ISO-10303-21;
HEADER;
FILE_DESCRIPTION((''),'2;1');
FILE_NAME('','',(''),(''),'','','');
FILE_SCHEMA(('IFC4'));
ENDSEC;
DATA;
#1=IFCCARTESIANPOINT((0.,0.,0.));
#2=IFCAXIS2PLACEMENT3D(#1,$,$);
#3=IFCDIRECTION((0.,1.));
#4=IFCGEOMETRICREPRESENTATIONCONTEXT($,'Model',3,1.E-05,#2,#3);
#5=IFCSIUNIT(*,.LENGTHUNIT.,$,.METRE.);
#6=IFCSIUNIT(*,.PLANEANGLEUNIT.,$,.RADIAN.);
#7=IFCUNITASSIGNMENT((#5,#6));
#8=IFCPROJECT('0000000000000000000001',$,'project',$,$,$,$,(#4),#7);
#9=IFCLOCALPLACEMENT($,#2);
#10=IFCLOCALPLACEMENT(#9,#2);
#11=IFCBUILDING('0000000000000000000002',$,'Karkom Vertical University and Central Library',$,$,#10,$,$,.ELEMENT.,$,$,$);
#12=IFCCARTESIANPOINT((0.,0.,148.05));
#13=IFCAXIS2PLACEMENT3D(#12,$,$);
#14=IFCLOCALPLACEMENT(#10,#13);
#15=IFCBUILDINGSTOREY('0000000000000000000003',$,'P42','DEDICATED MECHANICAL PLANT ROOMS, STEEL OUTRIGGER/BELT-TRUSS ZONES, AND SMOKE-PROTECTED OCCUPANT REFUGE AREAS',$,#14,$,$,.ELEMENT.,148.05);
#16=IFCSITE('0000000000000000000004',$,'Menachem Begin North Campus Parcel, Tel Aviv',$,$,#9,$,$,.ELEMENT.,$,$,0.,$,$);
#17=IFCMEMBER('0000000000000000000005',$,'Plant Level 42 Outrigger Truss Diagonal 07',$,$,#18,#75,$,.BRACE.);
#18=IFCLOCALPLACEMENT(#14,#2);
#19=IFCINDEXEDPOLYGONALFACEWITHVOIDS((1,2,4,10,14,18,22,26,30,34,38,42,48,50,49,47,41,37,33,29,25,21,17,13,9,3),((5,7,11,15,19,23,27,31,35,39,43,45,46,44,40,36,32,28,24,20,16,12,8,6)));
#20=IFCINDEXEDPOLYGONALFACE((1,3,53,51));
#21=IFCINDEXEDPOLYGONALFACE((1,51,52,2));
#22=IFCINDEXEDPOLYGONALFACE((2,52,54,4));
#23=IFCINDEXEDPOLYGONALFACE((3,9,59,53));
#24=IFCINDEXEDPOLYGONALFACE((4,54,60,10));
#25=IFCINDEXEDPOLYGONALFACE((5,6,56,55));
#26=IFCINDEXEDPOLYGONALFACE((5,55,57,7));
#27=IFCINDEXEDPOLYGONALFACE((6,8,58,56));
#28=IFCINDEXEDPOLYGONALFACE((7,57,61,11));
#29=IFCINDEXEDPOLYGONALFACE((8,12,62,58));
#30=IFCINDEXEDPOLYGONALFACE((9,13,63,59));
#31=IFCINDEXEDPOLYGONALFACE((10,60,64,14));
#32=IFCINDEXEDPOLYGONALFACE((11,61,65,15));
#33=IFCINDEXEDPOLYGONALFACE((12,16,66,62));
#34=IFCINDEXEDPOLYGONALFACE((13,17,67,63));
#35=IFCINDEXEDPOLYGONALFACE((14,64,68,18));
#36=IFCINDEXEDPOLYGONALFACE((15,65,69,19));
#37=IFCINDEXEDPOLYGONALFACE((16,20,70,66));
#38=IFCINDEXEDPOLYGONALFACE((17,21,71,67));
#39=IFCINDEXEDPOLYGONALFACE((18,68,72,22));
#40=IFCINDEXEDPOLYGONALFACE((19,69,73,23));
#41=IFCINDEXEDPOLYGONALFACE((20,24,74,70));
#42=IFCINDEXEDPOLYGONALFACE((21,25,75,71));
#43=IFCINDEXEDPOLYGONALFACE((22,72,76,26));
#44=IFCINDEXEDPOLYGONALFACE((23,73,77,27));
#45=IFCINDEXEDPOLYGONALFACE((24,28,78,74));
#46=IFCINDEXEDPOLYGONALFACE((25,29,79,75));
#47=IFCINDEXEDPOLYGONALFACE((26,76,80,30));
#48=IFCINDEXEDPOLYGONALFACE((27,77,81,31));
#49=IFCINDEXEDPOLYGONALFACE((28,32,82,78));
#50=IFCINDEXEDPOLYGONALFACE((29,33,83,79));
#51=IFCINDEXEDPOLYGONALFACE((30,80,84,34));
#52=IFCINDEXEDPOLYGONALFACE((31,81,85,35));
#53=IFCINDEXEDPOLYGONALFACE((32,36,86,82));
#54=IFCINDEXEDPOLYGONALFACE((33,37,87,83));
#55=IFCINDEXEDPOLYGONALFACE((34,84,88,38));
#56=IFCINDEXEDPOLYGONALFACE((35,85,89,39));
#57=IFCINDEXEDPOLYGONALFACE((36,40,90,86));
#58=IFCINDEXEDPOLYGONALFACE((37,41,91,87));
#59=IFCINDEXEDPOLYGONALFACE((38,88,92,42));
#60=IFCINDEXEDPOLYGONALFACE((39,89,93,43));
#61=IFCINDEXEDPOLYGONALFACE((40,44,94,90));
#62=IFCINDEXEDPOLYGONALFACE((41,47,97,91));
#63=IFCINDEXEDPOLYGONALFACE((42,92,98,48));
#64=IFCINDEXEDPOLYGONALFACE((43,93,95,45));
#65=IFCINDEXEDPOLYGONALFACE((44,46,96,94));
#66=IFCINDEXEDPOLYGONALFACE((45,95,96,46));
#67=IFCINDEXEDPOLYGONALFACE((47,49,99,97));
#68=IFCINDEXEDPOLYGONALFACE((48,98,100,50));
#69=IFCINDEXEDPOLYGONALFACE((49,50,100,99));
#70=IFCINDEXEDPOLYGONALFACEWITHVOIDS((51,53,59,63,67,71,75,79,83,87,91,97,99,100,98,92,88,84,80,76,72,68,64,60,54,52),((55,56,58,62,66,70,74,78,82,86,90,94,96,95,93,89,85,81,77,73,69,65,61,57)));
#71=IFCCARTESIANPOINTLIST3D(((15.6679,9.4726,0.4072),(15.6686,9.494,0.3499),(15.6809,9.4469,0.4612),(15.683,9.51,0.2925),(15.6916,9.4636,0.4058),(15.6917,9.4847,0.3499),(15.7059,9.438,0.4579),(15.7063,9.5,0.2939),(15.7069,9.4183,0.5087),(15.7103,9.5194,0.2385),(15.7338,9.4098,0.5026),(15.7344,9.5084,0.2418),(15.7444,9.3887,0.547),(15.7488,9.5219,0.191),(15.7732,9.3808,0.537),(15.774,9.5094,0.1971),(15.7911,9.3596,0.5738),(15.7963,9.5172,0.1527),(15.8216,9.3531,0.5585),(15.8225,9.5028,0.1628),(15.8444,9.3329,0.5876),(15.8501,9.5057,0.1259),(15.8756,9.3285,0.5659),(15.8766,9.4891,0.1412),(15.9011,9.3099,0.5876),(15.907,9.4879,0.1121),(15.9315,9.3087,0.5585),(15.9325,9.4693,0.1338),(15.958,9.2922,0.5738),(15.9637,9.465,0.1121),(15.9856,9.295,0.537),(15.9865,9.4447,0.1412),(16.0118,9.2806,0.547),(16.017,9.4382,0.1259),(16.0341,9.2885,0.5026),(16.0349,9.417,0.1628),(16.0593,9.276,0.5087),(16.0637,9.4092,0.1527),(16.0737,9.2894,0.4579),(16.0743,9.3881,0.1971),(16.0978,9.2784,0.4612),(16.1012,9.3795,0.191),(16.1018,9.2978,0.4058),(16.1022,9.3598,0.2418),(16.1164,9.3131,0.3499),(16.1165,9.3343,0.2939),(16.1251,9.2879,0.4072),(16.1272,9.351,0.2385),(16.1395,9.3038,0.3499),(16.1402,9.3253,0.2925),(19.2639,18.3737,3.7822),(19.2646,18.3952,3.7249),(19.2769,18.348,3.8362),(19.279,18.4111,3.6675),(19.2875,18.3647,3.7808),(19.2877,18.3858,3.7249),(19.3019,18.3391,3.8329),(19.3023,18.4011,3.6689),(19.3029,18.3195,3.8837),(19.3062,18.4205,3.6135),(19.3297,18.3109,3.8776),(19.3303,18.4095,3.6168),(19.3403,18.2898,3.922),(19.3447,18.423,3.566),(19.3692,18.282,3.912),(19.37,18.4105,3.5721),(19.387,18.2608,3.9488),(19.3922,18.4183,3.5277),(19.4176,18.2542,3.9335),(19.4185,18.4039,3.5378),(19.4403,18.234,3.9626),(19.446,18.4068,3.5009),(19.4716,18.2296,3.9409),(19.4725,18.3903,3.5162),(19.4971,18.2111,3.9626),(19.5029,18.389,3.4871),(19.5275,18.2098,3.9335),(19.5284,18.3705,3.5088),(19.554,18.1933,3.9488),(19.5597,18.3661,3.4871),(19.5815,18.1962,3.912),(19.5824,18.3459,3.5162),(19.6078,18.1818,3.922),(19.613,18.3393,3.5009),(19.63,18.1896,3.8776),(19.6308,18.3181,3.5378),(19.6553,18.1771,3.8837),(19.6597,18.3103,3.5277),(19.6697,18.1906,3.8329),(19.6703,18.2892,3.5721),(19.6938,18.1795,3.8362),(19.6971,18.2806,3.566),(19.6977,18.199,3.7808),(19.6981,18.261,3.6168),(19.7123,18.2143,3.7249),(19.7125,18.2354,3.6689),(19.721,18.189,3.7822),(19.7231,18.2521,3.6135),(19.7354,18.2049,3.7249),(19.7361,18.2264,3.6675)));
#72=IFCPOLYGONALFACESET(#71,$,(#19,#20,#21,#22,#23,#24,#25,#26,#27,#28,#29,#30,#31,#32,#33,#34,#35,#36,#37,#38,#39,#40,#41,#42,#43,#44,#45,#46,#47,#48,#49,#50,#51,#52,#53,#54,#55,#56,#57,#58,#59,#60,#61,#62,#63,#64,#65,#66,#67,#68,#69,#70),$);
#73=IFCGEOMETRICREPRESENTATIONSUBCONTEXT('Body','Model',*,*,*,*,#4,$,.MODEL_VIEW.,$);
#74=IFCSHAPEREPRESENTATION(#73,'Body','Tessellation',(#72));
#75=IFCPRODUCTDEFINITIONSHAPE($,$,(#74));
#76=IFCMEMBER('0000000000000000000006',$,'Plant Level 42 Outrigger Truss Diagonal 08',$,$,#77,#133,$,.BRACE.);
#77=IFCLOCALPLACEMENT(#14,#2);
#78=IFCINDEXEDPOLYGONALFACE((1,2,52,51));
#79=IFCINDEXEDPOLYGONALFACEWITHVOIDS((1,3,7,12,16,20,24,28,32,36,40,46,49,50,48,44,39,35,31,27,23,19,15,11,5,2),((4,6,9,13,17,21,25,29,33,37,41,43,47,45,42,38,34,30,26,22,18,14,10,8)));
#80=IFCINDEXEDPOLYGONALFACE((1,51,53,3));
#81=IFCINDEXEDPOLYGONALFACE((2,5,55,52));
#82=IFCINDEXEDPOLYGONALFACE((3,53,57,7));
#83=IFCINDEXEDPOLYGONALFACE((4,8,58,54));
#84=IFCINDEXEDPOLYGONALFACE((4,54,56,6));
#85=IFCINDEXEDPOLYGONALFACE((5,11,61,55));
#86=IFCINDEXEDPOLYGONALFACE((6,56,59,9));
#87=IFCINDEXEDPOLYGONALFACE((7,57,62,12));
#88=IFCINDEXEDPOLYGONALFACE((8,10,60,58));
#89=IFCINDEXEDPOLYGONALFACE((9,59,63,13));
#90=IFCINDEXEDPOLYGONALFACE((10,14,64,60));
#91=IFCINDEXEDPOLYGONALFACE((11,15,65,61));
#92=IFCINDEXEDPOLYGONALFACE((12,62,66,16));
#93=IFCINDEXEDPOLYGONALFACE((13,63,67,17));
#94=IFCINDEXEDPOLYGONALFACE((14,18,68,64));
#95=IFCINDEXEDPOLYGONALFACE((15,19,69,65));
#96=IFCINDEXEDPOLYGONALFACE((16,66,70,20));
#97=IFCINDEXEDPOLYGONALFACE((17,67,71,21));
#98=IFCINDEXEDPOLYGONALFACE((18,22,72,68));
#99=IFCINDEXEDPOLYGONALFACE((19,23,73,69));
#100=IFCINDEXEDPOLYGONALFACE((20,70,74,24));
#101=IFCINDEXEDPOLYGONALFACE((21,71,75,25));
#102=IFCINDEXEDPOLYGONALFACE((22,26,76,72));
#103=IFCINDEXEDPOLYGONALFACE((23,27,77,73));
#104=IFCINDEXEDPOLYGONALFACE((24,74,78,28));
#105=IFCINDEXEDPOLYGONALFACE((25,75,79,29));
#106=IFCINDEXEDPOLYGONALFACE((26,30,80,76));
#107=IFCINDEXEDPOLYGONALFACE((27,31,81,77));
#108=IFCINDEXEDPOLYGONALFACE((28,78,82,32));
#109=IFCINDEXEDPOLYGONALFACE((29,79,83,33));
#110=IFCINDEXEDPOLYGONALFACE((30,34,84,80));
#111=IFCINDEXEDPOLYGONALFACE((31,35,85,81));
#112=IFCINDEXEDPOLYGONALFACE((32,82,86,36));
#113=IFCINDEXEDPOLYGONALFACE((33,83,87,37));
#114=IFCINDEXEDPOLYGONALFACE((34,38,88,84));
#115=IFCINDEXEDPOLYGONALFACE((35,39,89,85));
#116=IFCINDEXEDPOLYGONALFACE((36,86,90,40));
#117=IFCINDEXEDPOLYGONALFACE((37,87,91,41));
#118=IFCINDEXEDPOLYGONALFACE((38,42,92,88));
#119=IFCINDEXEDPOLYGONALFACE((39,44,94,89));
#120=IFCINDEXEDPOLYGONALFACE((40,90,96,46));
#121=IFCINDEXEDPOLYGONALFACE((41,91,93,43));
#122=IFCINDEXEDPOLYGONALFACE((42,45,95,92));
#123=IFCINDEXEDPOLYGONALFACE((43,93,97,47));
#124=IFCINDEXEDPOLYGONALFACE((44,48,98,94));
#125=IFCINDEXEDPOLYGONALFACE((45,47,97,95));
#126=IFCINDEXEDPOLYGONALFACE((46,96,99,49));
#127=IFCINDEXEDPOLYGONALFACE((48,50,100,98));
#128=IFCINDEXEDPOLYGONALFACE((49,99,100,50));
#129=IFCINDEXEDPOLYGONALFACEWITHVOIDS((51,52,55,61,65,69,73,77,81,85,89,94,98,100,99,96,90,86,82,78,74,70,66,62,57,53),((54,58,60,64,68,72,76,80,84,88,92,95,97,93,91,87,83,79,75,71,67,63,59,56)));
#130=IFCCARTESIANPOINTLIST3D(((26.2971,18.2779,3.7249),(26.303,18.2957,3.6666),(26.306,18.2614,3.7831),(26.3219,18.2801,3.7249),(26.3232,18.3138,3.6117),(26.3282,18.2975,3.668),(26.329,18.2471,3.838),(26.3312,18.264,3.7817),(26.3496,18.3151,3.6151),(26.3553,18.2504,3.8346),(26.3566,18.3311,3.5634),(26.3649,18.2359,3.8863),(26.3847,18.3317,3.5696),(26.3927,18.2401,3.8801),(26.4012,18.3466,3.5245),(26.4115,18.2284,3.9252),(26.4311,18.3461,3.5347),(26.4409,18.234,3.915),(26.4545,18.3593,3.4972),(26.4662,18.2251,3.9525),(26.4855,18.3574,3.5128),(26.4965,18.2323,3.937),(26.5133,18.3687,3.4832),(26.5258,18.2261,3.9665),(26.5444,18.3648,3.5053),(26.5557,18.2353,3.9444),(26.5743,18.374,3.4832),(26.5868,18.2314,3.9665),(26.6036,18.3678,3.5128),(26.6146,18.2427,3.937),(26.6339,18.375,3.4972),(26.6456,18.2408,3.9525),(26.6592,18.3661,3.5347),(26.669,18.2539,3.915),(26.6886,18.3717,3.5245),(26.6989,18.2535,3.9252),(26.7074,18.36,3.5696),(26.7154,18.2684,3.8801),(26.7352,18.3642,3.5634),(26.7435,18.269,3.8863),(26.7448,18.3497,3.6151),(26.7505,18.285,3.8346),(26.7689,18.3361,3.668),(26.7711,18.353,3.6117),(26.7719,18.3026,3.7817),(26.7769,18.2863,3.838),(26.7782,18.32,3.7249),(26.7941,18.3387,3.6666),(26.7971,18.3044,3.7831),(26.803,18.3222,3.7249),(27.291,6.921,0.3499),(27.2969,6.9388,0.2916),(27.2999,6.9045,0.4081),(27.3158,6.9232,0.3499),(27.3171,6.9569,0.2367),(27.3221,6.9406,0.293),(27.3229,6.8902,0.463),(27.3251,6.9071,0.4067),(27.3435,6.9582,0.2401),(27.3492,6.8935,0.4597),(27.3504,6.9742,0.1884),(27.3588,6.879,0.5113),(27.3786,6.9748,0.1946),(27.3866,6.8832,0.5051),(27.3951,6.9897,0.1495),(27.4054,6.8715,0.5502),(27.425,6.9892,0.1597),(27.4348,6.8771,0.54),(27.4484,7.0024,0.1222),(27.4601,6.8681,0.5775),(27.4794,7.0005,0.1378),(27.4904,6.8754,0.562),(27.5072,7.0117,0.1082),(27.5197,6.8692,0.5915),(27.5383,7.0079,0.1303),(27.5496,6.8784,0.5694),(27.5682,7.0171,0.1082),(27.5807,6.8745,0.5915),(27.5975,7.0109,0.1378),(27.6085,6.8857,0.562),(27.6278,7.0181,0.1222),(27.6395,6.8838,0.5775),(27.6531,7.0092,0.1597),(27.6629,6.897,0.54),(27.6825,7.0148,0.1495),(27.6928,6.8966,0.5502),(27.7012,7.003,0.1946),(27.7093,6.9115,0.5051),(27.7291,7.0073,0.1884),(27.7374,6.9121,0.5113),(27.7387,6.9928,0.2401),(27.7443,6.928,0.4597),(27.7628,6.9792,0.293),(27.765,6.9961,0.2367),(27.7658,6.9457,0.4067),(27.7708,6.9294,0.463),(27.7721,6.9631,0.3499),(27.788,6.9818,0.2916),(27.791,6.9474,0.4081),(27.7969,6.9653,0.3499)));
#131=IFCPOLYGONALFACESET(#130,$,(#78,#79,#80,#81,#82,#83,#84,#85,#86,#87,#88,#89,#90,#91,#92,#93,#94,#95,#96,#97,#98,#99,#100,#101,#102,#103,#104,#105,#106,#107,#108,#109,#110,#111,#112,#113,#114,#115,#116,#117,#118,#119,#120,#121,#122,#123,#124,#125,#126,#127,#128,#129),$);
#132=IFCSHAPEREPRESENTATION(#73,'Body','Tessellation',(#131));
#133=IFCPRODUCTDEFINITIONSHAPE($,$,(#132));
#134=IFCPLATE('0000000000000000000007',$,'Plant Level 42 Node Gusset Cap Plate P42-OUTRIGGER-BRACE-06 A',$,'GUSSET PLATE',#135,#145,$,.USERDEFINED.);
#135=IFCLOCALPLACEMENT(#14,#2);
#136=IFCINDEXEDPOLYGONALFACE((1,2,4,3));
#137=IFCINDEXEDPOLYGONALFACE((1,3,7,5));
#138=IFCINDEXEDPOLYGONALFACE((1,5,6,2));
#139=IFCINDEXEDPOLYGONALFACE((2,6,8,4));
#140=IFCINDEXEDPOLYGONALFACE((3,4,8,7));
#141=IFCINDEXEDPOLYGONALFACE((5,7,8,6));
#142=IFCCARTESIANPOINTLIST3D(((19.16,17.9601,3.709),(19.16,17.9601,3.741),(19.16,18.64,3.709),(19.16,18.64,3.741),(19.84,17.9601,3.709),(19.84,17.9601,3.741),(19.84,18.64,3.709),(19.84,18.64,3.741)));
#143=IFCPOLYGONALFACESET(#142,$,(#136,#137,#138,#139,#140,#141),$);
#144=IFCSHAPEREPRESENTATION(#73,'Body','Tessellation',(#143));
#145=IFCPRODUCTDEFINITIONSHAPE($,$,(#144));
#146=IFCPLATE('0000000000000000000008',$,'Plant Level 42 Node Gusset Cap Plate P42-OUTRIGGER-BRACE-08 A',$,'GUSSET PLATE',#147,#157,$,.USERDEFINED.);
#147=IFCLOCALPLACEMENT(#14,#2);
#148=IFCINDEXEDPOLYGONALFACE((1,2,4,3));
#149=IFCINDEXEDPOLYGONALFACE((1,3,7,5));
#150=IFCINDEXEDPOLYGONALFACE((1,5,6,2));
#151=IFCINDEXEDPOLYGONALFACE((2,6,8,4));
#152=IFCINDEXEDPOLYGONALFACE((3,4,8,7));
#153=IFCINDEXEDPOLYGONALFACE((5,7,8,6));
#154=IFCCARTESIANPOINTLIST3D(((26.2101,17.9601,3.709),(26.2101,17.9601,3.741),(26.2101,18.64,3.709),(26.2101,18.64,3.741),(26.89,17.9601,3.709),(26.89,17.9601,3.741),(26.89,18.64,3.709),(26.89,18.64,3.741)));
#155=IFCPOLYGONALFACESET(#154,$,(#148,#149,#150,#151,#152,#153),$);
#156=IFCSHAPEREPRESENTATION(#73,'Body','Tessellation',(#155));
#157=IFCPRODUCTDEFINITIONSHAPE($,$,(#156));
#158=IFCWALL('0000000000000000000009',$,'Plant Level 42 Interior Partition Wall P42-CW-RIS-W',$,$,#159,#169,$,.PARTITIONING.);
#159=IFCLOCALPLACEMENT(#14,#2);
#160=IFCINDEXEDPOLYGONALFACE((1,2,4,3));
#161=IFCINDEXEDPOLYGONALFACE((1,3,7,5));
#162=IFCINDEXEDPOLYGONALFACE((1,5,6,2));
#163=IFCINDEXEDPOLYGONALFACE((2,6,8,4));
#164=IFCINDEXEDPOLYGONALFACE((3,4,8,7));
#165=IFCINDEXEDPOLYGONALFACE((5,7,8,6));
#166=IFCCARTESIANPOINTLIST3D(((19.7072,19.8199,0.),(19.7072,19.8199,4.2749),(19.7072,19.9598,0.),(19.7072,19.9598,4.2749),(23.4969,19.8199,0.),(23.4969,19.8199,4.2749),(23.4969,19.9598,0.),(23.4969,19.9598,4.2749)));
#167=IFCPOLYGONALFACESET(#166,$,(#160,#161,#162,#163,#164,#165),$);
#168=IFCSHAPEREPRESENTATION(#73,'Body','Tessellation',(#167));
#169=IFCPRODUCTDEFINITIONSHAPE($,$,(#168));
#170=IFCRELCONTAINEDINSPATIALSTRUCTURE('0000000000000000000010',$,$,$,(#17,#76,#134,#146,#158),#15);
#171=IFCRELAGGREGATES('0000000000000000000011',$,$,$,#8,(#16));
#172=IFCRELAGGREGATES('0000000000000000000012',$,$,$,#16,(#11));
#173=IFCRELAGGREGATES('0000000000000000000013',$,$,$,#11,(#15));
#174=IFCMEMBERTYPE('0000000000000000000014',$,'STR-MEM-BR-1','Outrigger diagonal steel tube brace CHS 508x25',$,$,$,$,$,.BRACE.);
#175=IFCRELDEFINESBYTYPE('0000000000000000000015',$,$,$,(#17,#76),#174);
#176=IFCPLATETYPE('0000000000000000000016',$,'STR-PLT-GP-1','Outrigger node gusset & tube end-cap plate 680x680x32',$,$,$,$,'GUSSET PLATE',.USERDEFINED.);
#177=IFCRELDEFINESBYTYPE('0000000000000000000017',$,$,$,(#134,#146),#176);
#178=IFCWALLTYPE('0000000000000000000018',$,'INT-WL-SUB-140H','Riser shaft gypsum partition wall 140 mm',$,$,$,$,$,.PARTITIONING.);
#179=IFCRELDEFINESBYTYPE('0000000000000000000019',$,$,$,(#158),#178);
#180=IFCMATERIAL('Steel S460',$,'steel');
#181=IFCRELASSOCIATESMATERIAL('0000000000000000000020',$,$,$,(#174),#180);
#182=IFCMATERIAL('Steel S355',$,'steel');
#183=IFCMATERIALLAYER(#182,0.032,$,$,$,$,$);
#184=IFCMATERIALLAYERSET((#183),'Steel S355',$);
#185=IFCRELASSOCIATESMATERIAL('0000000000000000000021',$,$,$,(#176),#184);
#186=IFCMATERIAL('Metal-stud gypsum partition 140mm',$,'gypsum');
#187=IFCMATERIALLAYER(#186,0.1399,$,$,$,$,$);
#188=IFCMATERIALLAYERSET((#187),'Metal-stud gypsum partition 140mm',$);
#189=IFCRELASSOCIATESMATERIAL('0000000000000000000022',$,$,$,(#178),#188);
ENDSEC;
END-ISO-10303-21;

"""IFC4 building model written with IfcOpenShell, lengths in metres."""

from ifc_helpers import new_model, si_unit, direction, frame, frame_2d, origin, origin_with_axes, origin_2d, place, context, subcontext, project, spatial, rectangle, hollow_circle, extrude, source, transform, mapped, material, layer, layer_set, material_profile, profile_set, type_object, element, save


model = new_model("IFC4")

# Units and contexts
model_context = context("Model", 3, precision=1e-05, world=origin(), true_north=direction((0.0, 1.0)))
body_context = subcontext(model_context, "Body", "Model", "MODEL_VIEW")
ifc_project = project(units=[si_unit("LENGTHUNIT", "METRE"), si_unit("PLANEANGLEUNIT", "RADIAN")], contexts=[model_context])

# Site, building, storey
site_placement = place(None, origin())
site = spatial("IfcSite", under=ifc_project, at=site_placement, Name="Menachem Begin North Campus Parcel, Tel Aviv", CompositionType="ELEMENT", RefElevation=0.0)
building_placement = place(site_placement, origin())
building = spatial("IfcBuilding", under=site, at=building_placement, Name="Karkom Vertical University and Central Library", CompositionType="ELEMENT")
storey_placement = place(building_placement, frame((0.0, 0.0, 148.05)))
storey = spatial("IfcBuildingStorey", under=building, at=storey_placement, Name="P42", Description="DEDICATED MECHANICAL PLANT ROOMS, STEEL OUTRIGGER/BELT-TRUSS ZONES, AND SMOKE-PROTECTED OCCUPANT REFUGE AREAS", CompositionType="ELEMENT", Elevation=148.05)

# Members
ifc_material_1 = material(Name="Steel S460", Category="steel")
ifc_material_profile_1 = material_profile(ifc_material_1, hollow_circle(Radius=0.2539, WallThickness=0.0249, at=origin_2d()), Name="CHS 508x25")
ifc_profile_set_1 = profile_set([ifc_material_profile_1], Name="Steel S460")
member_type = type_object("IfcMemberType", Name="STR-MEM-BR-1", Description="Outrigger diagonal steel tube brace CHS 508x25", PredefinedType="BRACE", material=ifc_profile_set_1)
shared_shape_1 = source(origin_with_axes(), body_context, "Body", "SweptSolid", [
    extrude(hollow_circle(Radius=0.2539, WallThickness=0.0249, at=origin_2d()), origin(), (0.0, 0.0, 1.0), 10.176),
])
member_1_placement = place(storey_placement, frame((19.5, 18.3, 3.7249), z_axis=(-0.353375, -0.874715, -0.331662), x_axis=(0.927196, -0.374576, 0.0)))
element("IfcMember", 1, at=member_1_placement, inside=storey, type_object=member_type, Name="Plant Level 42 Outrigger Truss Diagonal 07", PredefinedType="BRACE", context=body_context, shape_type="MappedRepresentation", body=[
    mapped(shared_shape_1, transform((0.0, 0.0, 0.0), scale=1.0)),
])
shared_shape_2 = source(origin_with_axes(), body_context, "Body", "SweptSolid", [
    extrude(hollow_circle(Radius=0.2539, WallThickness=0.0249, at=origin_2d()), origin(), (0.0, 0.0, 1.0), 11.8894),
])
member_2_placement = place(storey_placement, frame((26.55, 18.3, 3.7249), z_axis=(0.083595, -0.955213, -0.283866), x_axis=(0.996192, 0.087181, 0.0)))
element("IfcMember", 2, at=member_2_placement, inside=storey, type_object=member_type, Name="Plant Level 42 Outrigger Truss Diagonal 08", PredefinedType="BRACE", context=body_context, shape_type="MappedRepresentation", body=[
    mapped(shared_shape_2, transform((0.0, 0.0, 0.0), scale=1.0)),
])

# Plates
ifc_material_2 = material(Name="Steel S355", Category="steel")
ifc_layer_1 = layer(ifc_material_2, 0.032)
ifc_layer_set_1 = layer_set([ifc_layer_1], Name="Steel S355")
plate_type = type_object("IfcPlateType", Name="STR-PLT-GP-1", Description="Outrigger node gusset & tube end-cap plate 680x680x32", ElementType="GUSSET PLATE", PredefinedType="USERDEFINED", material=ifc_layer_set_1)
shared_shape_3 = source(origin_with_axes(), body_context, "Body", "SweptSolid", [
    extrude(rectangle(XDim=0.6799, YDim=0.6799, at=origin_2d()), origin(), (0.0, 0.0, 1.0), 0.032),
])
for number, where, z_axis, x_axis, name in (
    (3, (19.5, 18.3, 3.709), (0.0, 0.0, 1.0), (1.0, 0.0, 0.0), "Plant Level 42 Node Gusset Cap Plate P42-OUTRIGGER-BRACE-06 A"),
    (4, (26.55, 18.3, 3.709), (0.0, 0.0, 1.0), (1.0, 0.0, 0.0), "Plant Level 42 Node Gusset Cap Plate P42-OUTRIGGER-BRACE-08 A"),
):
    element("IfcPlate", number, at=place(storey_placement, frame(where, z_axis=z_axis, x_axis=x_axis)), inside=storey, type_object=plate_type, Name=name, ObjectType="GUSSET PLATE", PredefinedType="USERDEFINED", context=body_context, shape_type="MappedRepresentation", body=[
        mapped(shared_shape_3, transform((0.0, 0.0, 0.0), scale=1.0)),
    ])

# Wall
ifc_material_3 = material(Name="Metal-stud gypsum partition 140mm", Category="gypsum")
ifc_layer_2 = layer(ifc_material_3, 0.1399)
ifc_layer_set_2 = layer_set([ifc_layer_2], Name="Metal-stud gypsum partition 140mm")
wall_type_1 = type_object("IfcWallType", Name="INT-WL-SUB-140H", Description="Riser shaft gypsum partition wall 140 mm", PredefinedType="PARTITIONING", material=ifc_layer_set_2)
wall_1_placement = place(storey_placement, frame((19.707, 19.8899, 0.0), z_axis=(0.0, 0.0, 1.0), x_axis=(1.0, 0.0, 0.0)))
element("IfcWall", 5, at=wall_1_placement, inside=storey, type_object=wall_type_1, Name="Plant Level 42 Interior Partition Wall P42-CW-RIS-W", PredefinedType="PARTITIONING", context=body_context, shape_type="SweptSolid", body=[
    extrude(rectangle(XDim=3.7898, YDim=0.1399, at=frame_2d((1.895, 0.0))), origin(), (0.0, 0.0, 1.0), 4.2749),
])

save(model, "model.ifc")
